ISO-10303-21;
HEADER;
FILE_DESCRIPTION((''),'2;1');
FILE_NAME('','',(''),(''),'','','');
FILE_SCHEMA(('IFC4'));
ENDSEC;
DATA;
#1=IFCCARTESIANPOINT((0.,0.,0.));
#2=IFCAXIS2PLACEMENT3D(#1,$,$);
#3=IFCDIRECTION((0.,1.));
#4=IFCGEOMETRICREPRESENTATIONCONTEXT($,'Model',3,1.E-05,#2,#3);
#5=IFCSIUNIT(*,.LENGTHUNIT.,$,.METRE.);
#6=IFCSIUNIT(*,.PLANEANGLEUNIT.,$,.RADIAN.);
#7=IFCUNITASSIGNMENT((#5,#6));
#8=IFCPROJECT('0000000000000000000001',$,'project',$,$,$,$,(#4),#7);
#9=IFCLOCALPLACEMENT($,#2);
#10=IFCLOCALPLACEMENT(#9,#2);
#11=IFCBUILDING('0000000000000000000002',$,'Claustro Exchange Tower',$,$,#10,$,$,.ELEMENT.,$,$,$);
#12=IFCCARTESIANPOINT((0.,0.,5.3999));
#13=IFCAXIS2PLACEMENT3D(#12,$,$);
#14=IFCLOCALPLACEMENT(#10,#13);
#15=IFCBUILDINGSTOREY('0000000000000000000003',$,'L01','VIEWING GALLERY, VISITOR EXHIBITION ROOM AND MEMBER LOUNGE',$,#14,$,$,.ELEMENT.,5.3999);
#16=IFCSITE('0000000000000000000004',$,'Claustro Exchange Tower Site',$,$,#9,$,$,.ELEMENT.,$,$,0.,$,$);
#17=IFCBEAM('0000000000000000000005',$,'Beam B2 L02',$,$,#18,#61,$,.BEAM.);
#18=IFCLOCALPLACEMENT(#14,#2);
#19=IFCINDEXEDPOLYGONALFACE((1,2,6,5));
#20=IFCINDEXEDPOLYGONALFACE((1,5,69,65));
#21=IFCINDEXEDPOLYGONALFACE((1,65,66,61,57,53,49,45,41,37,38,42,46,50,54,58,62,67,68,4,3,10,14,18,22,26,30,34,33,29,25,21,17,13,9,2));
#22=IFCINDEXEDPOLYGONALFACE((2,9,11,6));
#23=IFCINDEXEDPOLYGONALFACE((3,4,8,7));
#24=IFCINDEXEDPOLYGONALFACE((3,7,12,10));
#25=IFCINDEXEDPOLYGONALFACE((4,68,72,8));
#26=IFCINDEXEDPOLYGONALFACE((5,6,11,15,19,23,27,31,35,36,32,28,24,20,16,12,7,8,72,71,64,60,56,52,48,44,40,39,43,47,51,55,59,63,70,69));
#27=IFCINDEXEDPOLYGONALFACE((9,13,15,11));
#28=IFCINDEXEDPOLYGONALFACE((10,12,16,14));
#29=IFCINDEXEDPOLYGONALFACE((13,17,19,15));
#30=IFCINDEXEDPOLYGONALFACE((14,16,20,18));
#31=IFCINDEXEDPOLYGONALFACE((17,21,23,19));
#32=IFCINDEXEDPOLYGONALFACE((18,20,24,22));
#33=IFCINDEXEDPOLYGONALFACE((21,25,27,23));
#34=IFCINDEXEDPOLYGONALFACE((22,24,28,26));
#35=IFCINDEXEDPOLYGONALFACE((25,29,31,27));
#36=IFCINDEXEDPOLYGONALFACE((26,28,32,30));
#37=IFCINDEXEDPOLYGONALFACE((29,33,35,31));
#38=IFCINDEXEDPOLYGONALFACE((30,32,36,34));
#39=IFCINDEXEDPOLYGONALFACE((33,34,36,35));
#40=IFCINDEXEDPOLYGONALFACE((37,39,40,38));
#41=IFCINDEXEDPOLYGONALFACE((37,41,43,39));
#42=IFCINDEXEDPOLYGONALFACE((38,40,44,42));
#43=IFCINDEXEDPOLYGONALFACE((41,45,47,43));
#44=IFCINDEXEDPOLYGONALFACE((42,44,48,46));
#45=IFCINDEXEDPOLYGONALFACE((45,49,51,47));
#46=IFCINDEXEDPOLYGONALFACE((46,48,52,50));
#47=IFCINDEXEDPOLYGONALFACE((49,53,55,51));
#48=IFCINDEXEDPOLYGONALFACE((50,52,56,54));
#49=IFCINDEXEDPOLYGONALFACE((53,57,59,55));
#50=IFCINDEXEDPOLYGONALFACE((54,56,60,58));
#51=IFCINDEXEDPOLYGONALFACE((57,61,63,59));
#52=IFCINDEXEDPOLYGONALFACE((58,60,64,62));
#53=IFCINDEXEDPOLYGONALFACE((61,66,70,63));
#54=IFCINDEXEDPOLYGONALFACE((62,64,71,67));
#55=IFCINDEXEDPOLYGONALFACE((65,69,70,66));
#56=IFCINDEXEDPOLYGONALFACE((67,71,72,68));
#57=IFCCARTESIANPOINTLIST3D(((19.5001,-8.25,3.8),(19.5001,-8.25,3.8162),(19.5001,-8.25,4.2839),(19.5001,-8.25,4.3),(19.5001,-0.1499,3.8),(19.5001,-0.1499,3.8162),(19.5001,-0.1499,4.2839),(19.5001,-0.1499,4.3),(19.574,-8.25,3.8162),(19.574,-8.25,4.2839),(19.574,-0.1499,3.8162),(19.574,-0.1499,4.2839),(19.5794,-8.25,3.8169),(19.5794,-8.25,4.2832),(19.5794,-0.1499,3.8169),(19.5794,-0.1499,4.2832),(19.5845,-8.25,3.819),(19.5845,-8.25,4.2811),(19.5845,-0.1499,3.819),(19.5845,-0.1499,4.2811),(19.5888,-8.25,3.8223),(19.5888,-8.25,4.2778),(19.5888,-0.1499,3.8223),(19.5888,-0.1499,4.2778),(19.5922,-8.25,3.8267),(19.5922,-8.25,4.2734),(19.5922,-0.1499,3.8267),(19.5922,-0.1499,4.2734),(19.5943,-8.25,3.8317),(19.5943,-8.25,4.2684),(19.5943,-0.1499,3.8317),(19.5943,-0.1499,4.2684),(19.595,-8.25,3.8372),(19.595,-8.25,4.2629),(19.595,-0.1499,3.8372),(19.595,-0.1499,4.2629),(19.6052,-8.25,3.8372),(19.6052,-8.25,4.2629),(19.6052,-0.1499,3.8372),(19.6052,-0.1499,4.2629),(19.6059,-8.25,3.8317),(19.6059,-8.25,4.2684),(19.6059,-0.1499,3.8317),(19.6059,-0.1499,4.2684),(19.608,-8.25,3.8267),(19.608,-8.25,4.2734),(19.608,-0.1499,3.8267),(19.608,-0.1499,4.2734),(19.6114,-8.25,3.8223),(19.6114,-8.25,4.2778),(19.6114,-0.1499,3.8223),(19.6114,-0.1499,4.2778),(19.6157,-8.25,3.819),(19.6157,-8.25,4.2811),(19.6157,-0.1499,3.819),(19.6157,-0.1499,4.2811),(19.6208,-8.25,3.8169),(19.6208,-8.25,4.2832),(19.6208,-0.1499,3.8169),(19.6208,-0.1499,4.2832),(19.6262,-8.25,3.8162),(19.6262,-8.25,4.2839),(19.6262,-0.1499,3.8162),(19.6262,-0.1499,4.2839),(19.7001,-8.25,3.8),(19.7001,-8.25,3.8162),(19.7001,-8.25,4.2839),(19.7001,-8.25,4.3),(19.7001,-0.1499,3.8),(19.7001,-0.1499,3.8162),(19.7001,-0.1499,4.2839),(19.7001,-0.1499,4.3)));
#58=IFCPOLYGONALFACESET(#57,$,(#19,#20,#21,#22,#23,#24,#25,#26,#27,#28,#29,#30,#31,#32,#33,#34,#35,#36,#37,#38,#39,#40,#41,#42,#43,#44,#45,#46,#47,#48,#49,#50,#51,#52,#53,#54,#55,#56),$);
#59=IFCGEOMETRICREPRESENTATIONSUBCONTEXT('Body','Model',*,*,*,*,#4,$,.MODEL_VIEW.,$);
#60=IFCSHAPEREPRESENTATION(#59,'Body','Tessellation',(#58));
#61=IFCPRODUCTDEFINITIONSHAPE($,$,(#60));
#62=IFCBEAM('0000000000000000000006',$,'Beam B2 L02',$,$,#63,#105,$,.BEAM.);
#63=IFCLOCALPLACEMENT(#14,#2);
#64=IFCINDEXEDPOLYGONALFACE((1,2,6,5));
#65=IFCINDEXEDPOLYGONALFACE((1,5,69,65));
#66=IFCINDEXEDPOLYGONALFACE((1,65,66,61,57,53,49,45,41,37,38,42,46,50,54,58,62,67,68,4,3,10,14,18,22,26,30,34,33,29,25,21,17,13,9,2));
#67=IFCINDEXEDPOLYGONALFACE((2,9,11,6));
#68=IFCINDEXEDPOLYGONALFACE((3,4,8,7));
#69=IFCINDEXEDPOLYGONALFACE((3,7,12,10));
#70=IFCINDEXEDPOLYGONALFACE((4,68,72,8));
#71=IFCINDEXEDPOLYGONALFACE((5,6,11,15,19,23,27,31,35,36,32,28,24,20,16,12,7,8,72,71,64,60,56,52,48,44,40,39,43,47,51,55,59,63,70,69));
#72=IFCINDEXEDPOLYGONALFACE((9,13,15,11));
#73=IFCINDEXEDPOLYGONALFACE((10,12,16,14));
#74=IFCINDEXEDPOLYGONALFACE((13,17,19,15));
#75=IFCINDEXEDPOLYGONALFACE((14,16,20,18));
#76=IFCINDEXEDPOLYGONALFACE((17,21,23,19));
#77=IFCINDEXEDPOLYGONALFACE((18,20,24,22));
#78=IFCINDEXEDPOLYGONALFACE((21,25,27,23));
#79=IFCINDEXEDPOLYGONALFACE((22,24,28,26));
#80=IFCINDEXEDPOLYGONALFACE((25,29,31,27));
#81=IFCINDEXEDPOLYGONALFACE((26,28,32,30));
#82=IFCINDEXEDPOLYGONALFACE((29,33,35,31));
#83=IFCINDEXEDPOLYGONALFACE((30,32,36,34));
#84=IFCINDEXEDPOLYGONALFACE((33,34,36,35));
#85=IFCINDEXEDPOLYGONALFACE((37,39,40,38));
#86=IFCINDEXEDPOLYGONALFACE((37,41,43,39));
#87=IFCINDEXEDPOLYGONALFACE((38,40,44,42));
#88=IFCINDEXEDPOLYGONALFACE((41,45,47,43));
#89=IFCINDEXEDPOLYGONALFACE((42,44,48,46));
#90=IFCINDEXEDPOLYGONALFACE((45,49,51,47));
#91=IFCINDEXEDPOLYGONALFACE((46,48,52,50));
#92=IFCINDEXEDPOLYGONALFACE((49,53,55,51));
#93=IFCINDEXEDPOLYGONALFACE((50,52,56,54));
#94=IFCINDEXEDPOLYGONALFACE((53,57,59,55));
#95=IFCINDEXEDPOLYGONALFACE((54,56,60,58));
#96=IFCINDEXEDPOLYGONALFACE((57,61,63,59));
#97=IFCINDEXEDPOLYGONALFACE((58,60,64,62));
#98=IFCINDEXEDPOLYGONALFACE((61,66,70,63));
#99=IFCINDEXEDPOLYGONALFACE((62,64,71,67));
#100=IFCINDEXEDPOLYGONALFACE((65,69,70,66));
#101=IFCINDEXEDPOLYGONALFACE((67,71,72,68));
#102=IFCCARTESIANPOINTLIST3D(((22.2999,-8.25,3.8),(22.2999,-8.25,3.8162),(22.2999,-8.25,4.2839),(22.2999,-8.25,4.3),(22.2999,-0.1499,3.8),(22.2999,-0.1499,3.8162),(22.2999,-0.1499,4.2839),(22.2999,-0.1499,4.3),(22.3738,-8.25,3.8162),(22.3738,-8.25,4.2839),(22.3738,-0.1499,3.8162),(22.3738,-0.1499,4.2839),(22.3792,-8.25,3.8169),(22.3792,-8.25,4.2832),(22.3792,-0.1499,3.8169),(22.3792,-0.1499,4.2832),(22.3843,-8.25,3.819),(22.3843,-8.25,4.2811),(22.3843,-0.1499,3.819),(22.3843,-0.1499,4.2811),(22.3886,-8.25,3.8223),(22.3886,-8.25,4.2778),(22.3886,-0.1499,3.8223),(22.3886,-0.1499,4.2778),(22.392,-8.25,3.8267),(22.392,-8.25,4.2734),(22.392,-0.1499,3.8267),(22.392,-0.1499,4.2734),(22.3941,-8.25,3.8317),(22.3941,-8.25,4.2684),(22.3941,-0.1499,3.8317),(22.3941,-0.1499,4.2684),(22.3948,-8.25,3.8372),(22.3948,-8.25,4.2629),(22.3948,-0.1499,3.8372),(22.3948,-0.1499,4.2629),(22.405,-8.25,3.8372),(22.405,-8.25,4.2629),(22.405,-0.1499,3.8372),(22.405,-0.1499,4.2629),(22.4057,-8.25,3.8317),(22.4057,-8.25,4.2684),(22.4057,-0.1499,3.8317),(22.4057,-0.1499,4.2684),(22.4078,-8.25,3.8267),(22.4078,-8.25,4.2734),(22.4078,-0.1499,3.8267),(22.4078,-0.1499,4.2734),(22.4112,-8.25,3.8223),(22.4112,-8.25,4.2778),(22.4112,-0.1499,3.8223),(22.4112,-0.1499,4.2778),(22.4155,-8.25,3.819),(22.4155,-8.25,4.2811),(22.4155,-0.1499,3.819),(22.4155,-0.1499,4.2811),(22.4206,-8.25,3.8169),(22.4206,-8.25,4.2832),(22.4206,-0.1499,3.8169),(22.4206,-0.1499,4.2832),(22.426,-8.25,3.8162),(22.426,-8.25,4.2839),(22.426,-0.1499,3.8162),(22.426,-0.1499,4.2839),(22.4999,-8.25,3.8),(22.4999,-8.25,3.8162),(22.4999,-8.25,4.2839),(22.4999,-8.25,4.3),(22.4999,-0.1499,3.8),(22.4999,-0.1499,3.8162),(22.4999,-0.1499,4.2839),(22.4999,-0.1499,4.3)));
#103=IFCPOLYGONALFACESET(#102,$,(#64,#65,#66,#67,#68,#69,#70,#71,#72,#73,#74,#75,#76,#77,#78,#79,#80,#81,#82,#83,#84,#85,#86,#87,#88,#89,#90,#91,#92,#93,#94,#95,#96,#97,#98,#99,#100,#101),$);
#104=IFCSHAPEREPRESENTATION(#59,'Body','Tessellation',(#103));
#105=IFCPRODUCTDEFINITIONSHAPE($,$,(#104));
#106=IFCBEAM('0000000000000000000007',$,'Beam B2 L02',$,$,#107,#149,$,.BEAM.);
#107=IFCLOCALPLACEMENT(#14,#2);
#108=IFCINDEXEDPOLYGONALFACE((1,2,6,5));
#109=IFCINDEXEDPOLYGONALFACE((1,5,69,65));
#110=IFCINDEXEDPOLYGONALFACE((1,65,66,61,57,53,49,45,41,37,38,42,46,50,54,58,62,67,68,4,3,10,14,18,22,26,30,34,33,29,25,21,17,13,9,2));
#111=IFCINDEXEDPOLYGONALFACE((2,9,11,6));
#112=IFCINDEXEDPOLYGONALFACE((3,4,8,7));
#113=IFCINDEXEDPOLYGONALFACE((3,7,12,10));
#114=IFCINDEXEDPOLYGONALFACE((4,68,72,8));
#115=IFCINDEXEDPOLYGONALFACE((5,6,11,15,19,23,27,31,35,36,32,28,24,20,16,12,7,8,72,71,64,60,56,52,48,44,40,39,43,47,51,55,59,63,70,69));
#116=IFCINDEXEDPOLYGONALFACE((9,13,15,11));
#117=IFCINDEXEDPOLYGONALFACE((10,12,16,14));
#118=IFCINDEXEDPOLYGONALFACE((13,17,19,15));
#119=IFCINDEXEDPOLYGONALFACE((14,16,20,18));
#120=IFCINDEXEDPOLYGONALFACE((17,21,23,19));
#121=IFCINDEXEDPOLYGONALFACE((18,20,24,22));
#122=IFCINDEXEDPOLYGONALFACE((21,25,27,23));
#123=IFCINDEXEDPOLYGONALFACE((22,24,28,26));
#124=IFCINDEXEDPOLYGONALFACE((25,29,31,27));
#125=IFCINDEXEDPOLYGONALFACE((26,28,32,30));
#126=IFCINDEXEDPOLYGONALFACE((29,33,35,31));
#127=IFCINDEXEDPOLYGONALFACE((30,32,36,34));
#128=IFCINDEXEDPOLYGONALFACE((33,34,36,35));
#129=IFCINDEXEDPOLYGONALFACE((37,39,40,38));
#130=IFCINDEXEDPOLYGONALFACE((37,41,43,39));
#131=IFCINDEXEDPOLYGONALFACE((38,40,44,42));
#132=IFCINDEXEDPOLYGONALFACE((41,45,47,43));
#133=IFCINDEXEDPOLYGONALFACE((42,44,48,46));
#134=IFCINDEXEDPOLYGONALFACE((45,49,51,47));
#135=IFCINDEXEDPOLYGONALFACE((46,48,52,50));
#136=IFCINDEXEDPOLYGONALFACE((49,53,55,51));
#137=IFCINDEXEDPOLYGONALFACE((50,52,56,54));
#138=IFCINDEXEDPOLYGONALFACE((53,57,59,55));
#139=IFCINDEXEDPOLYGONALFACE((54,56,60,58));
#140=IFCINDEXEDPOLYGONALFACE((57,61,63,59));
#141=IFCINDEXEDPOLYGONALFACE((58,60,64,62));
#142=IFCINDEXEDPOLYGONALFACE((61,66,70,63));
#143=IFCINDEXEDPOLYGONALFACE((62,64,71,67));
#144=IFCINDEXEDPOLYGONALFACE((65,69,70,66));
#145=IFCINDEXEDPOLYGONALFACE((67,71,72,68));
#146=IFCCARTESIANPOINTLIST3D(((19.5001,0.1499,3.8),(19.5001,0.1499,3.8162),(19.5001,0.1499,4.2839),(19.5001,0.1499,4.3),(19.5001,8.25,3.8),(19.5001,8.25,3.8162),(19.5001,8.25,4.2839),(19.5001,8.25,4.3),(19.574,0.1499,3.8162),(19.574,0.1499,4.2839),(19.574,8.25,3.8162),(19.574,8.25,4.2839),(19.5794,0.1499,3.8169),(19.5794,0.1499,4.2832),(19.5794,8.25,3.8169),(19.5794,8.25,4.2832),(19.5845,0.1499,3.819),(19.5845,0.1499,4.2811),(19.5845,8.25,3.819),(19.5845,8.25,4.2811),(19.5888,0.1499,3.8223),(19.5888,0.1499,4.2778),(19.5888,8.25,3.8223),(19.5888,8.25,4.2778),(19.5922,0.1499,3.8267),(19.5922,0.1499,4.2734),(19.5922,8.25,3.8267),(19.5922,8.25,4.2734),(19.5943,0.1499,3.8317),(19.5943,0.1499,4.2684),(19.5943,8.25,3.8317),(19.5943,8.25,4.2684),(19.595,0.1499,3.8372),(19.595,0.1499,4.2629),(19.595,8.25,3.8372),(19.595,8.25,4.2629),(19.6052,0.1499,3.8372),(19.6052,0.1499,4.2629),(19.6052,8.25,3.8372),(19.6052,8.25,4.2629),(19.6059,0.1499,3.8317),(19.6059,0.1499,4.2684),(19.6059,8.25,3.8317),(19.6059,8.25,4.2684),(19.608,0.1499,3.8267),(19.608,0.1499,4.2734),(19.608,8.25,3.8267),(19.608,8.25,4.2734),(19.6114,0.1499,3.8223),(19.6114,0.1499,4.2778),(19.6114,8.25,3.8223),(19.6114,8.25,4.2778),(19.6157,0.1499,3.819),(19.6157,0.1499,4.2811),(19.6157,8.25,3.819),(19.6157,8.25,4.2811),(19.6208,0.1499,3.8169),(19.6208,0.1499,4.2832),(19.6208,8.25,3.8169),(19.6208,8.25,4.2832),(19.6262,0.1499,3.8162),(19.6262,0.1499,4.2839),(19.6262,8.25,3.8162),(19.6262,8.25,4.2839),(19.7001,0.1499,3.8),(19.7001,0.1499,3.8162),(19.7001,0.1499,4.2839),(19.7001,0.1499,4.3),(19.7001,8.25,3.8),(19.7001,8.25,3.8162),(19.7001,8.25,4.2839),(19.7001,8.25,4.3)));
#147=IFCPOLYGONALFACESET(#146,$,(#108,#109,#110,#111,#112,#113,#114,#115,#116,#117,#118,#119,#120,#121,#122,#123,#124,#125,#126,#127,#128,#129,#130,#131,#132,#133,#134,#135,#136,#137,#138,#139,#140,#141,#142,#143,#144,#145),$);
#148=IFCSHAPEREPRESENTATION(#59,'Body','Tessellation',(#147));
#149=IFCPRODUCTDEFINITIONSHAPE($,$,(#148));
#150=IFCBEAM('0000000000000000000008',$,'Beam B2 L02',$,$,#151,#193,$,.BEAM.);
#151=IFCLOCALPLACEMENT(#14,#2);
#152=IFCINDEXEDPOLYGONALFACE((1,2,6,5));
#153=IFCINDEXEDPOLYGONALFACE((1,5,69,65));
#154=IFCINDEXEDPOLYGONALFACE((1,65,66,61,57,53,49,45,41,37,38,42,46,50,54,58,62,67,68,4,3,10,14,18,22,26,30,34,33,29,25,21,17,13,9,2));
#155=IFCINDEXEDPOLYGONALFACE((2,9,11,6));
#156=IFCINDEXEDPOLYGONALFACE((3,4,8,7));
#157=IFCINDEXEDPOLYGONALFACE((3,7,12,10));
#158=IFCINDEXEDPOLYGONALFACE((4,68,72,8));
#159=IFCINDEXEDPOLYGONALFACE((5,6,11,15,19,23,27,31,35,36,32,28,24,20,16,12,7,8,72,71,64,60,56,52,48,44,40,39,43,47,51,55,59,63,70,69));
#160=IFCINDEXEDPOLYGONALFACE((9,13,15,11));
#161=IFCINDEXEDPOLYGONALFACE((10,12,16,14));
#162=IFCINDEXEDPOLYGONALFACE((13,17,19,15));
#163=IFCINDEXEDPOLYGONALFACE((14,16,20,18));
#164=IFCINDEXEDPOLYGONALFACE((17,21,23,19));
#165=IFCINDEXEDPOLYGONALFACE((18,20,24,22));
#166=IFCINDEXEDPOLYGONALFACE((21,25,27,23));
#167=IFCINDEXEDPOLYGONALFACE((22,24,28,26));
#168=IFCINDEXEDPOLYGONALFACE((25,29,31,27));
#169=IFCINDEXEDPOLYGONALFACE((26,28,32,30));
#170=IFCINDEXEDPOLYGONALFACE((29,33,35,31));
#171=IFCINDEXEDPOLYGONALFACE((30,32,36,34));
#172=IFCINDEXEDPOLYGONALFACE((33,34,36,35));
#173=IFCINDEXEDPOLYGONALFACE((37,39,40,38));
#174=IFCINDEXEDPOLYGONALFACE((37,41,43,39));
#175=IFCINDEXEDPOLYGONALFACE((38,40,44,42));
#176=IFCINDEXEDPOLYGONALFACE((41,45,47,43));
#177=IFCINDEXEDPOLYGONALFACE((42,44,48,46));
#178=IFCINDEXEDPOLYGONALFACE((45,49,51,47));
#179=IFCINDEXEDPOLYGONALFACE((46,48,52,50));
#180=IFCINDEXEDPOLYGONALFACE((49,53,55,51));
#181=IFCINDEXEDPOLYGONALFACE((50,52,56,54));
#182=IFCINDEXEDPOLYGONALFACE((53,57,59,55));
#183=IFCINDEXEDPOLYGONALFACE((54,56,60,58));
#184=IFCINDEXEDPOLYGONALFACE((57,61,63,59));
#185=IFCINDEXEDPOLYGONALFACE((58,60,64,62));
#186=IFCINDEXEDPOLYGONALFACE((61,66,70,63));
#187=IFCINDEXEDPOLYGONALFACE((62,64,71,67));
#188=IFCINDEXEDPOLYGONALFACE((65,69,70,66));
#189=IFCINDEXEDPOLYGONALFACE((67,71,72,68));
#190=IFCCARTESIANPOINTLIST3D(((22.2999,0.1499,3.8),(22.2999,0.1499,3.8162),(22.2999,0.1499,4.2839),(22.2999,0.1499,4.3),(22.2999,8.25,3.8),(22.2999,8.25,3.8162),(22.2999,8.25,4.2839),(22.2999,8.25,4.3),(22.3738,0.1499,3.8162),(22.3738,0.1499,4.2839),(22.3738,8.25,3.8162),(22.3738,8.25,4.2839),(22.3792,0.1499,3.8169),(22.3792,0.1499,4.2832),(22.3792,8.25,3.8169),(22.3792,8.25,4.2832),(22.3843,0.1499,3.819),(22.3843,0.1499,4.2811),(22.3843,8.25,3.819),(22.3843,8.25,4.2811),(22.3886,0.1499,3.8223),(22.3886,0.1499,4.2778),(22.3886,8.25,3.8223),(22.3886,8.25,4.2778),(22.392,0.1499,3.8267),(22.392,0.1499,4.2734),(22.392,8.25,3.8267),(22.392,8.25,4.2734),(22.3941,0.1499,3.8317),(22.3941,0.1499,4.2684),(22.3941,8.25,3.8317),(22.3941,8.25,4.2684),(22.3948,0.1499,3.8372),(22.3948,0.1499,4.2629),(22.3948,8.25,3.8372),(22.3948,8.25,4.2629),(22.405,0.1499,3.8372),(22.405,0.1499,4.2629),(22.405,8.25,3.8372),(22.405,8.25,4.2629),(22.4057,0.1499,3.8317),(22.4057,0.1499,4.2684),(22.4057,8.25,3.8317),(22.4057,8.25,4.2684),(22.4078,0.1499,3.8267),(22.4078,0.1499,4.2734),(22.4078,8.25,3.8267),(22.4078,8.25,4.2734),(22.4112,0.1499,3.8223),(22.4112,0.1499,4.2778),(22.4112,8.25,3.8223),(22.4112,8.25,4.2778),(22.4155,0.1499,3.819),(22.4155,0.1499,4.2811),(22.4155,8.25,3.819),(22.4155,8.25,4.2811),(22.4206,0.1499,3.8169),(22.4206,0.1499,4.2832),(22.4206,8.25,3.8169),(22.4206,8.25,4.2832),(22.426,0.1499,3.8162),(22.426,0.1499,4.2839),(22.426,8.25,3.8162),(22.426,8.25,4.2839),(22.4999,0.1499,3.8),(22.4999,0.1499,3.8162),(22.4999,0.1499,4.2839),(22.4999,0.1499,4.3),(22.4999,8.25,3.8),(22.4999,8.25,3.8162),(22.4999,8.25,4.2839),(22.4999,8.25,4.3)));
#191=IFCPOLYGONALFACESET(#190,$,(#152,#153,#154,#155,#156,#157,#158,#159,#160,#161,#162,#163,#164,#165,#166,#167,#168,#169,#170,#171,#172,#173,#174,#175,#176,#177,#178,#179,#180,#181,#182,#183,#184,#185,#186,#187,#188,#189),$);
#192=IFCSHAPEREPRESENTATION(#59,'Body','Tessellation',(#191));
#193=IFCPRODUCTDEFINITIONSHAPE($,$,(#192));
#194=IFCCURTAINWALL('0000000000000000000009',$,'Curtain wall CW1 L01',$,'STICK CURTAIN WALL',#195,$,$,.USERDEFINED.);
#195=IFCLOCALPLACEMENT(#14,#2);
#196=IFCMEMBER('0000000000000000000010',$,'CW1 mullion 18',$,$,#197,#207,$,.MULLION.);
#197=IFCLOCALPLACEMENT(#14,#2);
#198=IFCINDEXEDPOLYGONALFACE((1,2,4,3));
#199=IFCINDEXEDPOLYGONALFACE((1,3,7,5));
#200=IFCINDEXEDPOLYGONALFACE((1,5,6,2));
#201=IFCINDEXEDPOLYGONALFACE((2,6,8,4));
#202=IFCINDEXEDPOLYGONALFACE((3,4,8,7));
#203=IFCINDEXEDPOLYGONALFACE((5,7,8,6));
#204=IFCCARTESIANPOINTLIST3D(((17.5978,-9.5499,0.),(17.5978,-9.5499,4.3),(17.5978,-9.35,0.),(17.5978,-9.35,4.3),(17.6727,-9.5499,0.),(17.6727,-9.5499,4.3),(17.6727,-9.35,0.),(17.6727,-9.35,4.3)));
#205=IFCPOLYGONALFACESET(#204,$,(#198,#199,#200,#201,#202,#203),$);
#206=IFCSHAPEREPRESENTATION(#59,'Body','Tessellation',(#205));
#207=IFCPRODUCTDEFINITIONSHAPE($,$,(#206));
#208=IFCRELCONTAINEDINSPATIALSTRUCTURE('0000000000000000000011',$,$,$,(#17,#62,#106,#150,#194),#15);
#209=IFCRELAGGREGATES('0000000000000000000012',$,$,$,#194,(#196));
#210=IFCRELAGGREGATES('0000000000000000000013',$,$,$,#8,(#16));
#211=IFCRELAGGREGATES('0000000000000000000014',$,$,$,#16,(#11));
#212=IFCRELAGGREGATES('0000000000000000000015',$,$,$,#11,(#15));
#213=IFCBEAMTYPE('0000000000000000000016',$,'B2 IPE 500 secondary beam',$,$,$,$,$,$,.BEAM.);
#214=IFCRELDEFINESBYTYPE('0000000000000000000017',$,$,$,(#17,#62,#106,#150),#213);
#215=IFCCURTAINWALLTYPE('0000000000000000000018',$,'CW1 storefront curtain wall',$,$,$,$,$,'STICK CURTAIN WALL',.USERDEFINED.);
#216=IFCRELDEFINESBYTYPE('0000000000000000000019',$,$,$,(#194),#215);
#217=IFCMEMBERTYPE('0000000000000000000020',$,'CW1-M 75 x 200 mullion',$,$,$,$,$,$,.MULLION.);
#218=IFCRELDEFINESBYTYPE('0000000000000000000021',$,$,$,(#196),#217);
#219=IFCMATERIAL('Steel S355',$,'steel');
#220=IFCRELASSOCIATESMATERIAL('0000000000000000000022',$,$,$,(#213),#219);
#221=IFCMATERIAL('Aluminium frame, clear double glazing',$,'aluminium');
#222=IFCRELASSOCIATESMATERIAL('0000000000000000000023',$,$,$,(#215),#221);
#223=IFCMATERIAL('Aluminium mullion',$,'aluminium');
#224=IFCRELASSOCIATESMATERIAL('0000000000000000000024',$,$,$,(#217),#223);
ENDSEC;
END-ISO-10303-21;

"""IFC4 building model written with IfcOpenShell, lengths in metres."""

from ifc_helpers import new_model, si_unit, direction, frame, origin, origin_2d, place, context, subcontext, project, spatial, rectangle, i_section, extrude, material, material_profile, profile_set, type_object, element, aggregate, save


model = new_model("IFC4")

# Units and contexts
model_context = context("Model", 3, precision=1e-05, world=origin(), true_north=direction((0.0, 1.0)))
body_context = subcontext(model_context, "Body", "Model", "MODEL_VIEW")
ifc_project = project(units=[si_unit("LENGTHUNIT", "METRE"), si_unit("PLANEANGLEUNIT", "RADIAN")], contexts=[model_context])

# Site, building, storey
site_placement = place(None, origin())
site = spatial("IfcSite", under=ifc_project, at=site_placement, Name="Claustro Exchange Tower Site", CompositionType="ELEMENT", RefElevation=0.0)
building_placement = place(site_placement, origin())
building = spatial("IfcBuilding", under=site, at=building_placement, Name="Claustro Exchange Tower", CompositionType="ELEMENT")
storey_placement = place(building_placement, frame((0.0, 0.0, 5.3999)))
storey = spatial("IfcBuildingStorey", under=building, at=storey_placement, Name="L01", Description="VIEWING GALLERY, VISITOR EXHIBITION ROOM AND MEMBER LOUNGE", CompositionType="ELEMENT", Elevation=5.3999)

# Beams
ifc_material_1 = material(Name="Steel S355", Category="steel")
ifc_material_profile_1 = material_profile(ifc_material_1, i_section(OverallWidth=0.2, OverallDepth=0.5, WebThickness=0.0103, FlangeThickness=0.0161, FilletRadius=0.021, at=origin_2d()), Name="IPE 500")
ifc_profile_set_1 = profile_set([ifc_material_profile_1], Name="Steel S355")
beam_type = type_object("IfcBeamType", Name="B2 IPE 500 secondary beam", PredefinedType="BEAM", material=ifc_profile_set_1)
for number, where, z_axis, x_axis, name in (
    (1, (19.6001, -8.25, 4.05), (0.0, 1.0, 0.0), (-1.0, 0.0, 0.0), "Beam B2 L02"),
    (2, (22.3999, -8.25, 4.05), (0.0, 1.0, 0.0), (-1.0, 0.0, 0.0), "Beam B2 L02"),
    (3, (19.6001, 0.1499, 4.05), (0.0, 1.0, 0.0), (-1.0, 0.0, 0.0), "Beam B2 L02"),
    (4, (22.3999, 0.1499, 4.05), (0.0, 1.0, 0.0), (-1.0, 0.0, 0.0), "Beam B2 L02"),
):
    element("IfcBeam", number, at=place(storey_placement, frame(where, z_axis=z_axis, x_axis=x_axis)), inside=storey, type_object=beam_type, Name=name, PredefinedType="BEAM", context=body_context, shape_type="SweptSolid", body=[
        extrude(i_section(OverallWidth=0.2, OverallDepth=0.5, WebThickness=0.0103, FlangeThickness=0.0161, FilletRadius=0.021, at=origin_2d()), origin(), (0.0, 0.0, 1.0), 8.1001),
    ])

# Curtain wall, member
ifc_material_2 = material(Name="Aluminium frame, clear double glazing", Category="aluminium")
curtain_wall_type = type_object("IfcCurtainWallType", Name="CW1 storefront curtain wall", ElementType="STICK CURTAIN WALL", PredefinedType="USERDEFINED", material=ifc_material_2)
curtain_wall_placement = place(storey_placement, origin())
curtain_wall = element("IfcCurtainWall", 5, at=curtain_wall_placement, inside=storey, type_object=curtain_wall_type, Name="Curtain wall CW1 L01", ObjectType="STICK CURTAIN WALL", PredefinedType="USERDEFINED")
ifc_material_3 = material(Name="Aluminium mullion", Category="aluminium")
ifc_material_profile_2 = material_profile(ifc_material_3, rectangle(XDim=0.2, YDim=0.075, at=origin_2d()), Name="CW1-M 75x200")
ifc_profile_set_2 = profile_set([ifc_material_profile_2], Name="Aluminium mullion")
member_type_1 = type_object("IfcMemberType", Name="CW1-M 75 x 200 mullion", PredefinedType="MULLION", material=ifc_profile_set_2)
member_1_placement = place(storey_placement, frame((17.6353, -9.45, 0.0), z_axis=(0.0, 0.0, 1.0), x_axis=(0.0, 1.0, 0.0)))
member_1 = element("IfcMember", 6, at=member_1_placement, type_object=member_type_1, Name="CW1 mullion 18", PredefinedType="MULLION", context=body_context, shape_type="SweptSolid", body=[
    extrude(rectangle(XDim=0.2, YDim=0.075, at=origin_2d()), origin(), (0.0, 0.0, 1.0), 4.3),
])
aggregate(curtain_wall, [member_1])

save(model, "model.ifc")
